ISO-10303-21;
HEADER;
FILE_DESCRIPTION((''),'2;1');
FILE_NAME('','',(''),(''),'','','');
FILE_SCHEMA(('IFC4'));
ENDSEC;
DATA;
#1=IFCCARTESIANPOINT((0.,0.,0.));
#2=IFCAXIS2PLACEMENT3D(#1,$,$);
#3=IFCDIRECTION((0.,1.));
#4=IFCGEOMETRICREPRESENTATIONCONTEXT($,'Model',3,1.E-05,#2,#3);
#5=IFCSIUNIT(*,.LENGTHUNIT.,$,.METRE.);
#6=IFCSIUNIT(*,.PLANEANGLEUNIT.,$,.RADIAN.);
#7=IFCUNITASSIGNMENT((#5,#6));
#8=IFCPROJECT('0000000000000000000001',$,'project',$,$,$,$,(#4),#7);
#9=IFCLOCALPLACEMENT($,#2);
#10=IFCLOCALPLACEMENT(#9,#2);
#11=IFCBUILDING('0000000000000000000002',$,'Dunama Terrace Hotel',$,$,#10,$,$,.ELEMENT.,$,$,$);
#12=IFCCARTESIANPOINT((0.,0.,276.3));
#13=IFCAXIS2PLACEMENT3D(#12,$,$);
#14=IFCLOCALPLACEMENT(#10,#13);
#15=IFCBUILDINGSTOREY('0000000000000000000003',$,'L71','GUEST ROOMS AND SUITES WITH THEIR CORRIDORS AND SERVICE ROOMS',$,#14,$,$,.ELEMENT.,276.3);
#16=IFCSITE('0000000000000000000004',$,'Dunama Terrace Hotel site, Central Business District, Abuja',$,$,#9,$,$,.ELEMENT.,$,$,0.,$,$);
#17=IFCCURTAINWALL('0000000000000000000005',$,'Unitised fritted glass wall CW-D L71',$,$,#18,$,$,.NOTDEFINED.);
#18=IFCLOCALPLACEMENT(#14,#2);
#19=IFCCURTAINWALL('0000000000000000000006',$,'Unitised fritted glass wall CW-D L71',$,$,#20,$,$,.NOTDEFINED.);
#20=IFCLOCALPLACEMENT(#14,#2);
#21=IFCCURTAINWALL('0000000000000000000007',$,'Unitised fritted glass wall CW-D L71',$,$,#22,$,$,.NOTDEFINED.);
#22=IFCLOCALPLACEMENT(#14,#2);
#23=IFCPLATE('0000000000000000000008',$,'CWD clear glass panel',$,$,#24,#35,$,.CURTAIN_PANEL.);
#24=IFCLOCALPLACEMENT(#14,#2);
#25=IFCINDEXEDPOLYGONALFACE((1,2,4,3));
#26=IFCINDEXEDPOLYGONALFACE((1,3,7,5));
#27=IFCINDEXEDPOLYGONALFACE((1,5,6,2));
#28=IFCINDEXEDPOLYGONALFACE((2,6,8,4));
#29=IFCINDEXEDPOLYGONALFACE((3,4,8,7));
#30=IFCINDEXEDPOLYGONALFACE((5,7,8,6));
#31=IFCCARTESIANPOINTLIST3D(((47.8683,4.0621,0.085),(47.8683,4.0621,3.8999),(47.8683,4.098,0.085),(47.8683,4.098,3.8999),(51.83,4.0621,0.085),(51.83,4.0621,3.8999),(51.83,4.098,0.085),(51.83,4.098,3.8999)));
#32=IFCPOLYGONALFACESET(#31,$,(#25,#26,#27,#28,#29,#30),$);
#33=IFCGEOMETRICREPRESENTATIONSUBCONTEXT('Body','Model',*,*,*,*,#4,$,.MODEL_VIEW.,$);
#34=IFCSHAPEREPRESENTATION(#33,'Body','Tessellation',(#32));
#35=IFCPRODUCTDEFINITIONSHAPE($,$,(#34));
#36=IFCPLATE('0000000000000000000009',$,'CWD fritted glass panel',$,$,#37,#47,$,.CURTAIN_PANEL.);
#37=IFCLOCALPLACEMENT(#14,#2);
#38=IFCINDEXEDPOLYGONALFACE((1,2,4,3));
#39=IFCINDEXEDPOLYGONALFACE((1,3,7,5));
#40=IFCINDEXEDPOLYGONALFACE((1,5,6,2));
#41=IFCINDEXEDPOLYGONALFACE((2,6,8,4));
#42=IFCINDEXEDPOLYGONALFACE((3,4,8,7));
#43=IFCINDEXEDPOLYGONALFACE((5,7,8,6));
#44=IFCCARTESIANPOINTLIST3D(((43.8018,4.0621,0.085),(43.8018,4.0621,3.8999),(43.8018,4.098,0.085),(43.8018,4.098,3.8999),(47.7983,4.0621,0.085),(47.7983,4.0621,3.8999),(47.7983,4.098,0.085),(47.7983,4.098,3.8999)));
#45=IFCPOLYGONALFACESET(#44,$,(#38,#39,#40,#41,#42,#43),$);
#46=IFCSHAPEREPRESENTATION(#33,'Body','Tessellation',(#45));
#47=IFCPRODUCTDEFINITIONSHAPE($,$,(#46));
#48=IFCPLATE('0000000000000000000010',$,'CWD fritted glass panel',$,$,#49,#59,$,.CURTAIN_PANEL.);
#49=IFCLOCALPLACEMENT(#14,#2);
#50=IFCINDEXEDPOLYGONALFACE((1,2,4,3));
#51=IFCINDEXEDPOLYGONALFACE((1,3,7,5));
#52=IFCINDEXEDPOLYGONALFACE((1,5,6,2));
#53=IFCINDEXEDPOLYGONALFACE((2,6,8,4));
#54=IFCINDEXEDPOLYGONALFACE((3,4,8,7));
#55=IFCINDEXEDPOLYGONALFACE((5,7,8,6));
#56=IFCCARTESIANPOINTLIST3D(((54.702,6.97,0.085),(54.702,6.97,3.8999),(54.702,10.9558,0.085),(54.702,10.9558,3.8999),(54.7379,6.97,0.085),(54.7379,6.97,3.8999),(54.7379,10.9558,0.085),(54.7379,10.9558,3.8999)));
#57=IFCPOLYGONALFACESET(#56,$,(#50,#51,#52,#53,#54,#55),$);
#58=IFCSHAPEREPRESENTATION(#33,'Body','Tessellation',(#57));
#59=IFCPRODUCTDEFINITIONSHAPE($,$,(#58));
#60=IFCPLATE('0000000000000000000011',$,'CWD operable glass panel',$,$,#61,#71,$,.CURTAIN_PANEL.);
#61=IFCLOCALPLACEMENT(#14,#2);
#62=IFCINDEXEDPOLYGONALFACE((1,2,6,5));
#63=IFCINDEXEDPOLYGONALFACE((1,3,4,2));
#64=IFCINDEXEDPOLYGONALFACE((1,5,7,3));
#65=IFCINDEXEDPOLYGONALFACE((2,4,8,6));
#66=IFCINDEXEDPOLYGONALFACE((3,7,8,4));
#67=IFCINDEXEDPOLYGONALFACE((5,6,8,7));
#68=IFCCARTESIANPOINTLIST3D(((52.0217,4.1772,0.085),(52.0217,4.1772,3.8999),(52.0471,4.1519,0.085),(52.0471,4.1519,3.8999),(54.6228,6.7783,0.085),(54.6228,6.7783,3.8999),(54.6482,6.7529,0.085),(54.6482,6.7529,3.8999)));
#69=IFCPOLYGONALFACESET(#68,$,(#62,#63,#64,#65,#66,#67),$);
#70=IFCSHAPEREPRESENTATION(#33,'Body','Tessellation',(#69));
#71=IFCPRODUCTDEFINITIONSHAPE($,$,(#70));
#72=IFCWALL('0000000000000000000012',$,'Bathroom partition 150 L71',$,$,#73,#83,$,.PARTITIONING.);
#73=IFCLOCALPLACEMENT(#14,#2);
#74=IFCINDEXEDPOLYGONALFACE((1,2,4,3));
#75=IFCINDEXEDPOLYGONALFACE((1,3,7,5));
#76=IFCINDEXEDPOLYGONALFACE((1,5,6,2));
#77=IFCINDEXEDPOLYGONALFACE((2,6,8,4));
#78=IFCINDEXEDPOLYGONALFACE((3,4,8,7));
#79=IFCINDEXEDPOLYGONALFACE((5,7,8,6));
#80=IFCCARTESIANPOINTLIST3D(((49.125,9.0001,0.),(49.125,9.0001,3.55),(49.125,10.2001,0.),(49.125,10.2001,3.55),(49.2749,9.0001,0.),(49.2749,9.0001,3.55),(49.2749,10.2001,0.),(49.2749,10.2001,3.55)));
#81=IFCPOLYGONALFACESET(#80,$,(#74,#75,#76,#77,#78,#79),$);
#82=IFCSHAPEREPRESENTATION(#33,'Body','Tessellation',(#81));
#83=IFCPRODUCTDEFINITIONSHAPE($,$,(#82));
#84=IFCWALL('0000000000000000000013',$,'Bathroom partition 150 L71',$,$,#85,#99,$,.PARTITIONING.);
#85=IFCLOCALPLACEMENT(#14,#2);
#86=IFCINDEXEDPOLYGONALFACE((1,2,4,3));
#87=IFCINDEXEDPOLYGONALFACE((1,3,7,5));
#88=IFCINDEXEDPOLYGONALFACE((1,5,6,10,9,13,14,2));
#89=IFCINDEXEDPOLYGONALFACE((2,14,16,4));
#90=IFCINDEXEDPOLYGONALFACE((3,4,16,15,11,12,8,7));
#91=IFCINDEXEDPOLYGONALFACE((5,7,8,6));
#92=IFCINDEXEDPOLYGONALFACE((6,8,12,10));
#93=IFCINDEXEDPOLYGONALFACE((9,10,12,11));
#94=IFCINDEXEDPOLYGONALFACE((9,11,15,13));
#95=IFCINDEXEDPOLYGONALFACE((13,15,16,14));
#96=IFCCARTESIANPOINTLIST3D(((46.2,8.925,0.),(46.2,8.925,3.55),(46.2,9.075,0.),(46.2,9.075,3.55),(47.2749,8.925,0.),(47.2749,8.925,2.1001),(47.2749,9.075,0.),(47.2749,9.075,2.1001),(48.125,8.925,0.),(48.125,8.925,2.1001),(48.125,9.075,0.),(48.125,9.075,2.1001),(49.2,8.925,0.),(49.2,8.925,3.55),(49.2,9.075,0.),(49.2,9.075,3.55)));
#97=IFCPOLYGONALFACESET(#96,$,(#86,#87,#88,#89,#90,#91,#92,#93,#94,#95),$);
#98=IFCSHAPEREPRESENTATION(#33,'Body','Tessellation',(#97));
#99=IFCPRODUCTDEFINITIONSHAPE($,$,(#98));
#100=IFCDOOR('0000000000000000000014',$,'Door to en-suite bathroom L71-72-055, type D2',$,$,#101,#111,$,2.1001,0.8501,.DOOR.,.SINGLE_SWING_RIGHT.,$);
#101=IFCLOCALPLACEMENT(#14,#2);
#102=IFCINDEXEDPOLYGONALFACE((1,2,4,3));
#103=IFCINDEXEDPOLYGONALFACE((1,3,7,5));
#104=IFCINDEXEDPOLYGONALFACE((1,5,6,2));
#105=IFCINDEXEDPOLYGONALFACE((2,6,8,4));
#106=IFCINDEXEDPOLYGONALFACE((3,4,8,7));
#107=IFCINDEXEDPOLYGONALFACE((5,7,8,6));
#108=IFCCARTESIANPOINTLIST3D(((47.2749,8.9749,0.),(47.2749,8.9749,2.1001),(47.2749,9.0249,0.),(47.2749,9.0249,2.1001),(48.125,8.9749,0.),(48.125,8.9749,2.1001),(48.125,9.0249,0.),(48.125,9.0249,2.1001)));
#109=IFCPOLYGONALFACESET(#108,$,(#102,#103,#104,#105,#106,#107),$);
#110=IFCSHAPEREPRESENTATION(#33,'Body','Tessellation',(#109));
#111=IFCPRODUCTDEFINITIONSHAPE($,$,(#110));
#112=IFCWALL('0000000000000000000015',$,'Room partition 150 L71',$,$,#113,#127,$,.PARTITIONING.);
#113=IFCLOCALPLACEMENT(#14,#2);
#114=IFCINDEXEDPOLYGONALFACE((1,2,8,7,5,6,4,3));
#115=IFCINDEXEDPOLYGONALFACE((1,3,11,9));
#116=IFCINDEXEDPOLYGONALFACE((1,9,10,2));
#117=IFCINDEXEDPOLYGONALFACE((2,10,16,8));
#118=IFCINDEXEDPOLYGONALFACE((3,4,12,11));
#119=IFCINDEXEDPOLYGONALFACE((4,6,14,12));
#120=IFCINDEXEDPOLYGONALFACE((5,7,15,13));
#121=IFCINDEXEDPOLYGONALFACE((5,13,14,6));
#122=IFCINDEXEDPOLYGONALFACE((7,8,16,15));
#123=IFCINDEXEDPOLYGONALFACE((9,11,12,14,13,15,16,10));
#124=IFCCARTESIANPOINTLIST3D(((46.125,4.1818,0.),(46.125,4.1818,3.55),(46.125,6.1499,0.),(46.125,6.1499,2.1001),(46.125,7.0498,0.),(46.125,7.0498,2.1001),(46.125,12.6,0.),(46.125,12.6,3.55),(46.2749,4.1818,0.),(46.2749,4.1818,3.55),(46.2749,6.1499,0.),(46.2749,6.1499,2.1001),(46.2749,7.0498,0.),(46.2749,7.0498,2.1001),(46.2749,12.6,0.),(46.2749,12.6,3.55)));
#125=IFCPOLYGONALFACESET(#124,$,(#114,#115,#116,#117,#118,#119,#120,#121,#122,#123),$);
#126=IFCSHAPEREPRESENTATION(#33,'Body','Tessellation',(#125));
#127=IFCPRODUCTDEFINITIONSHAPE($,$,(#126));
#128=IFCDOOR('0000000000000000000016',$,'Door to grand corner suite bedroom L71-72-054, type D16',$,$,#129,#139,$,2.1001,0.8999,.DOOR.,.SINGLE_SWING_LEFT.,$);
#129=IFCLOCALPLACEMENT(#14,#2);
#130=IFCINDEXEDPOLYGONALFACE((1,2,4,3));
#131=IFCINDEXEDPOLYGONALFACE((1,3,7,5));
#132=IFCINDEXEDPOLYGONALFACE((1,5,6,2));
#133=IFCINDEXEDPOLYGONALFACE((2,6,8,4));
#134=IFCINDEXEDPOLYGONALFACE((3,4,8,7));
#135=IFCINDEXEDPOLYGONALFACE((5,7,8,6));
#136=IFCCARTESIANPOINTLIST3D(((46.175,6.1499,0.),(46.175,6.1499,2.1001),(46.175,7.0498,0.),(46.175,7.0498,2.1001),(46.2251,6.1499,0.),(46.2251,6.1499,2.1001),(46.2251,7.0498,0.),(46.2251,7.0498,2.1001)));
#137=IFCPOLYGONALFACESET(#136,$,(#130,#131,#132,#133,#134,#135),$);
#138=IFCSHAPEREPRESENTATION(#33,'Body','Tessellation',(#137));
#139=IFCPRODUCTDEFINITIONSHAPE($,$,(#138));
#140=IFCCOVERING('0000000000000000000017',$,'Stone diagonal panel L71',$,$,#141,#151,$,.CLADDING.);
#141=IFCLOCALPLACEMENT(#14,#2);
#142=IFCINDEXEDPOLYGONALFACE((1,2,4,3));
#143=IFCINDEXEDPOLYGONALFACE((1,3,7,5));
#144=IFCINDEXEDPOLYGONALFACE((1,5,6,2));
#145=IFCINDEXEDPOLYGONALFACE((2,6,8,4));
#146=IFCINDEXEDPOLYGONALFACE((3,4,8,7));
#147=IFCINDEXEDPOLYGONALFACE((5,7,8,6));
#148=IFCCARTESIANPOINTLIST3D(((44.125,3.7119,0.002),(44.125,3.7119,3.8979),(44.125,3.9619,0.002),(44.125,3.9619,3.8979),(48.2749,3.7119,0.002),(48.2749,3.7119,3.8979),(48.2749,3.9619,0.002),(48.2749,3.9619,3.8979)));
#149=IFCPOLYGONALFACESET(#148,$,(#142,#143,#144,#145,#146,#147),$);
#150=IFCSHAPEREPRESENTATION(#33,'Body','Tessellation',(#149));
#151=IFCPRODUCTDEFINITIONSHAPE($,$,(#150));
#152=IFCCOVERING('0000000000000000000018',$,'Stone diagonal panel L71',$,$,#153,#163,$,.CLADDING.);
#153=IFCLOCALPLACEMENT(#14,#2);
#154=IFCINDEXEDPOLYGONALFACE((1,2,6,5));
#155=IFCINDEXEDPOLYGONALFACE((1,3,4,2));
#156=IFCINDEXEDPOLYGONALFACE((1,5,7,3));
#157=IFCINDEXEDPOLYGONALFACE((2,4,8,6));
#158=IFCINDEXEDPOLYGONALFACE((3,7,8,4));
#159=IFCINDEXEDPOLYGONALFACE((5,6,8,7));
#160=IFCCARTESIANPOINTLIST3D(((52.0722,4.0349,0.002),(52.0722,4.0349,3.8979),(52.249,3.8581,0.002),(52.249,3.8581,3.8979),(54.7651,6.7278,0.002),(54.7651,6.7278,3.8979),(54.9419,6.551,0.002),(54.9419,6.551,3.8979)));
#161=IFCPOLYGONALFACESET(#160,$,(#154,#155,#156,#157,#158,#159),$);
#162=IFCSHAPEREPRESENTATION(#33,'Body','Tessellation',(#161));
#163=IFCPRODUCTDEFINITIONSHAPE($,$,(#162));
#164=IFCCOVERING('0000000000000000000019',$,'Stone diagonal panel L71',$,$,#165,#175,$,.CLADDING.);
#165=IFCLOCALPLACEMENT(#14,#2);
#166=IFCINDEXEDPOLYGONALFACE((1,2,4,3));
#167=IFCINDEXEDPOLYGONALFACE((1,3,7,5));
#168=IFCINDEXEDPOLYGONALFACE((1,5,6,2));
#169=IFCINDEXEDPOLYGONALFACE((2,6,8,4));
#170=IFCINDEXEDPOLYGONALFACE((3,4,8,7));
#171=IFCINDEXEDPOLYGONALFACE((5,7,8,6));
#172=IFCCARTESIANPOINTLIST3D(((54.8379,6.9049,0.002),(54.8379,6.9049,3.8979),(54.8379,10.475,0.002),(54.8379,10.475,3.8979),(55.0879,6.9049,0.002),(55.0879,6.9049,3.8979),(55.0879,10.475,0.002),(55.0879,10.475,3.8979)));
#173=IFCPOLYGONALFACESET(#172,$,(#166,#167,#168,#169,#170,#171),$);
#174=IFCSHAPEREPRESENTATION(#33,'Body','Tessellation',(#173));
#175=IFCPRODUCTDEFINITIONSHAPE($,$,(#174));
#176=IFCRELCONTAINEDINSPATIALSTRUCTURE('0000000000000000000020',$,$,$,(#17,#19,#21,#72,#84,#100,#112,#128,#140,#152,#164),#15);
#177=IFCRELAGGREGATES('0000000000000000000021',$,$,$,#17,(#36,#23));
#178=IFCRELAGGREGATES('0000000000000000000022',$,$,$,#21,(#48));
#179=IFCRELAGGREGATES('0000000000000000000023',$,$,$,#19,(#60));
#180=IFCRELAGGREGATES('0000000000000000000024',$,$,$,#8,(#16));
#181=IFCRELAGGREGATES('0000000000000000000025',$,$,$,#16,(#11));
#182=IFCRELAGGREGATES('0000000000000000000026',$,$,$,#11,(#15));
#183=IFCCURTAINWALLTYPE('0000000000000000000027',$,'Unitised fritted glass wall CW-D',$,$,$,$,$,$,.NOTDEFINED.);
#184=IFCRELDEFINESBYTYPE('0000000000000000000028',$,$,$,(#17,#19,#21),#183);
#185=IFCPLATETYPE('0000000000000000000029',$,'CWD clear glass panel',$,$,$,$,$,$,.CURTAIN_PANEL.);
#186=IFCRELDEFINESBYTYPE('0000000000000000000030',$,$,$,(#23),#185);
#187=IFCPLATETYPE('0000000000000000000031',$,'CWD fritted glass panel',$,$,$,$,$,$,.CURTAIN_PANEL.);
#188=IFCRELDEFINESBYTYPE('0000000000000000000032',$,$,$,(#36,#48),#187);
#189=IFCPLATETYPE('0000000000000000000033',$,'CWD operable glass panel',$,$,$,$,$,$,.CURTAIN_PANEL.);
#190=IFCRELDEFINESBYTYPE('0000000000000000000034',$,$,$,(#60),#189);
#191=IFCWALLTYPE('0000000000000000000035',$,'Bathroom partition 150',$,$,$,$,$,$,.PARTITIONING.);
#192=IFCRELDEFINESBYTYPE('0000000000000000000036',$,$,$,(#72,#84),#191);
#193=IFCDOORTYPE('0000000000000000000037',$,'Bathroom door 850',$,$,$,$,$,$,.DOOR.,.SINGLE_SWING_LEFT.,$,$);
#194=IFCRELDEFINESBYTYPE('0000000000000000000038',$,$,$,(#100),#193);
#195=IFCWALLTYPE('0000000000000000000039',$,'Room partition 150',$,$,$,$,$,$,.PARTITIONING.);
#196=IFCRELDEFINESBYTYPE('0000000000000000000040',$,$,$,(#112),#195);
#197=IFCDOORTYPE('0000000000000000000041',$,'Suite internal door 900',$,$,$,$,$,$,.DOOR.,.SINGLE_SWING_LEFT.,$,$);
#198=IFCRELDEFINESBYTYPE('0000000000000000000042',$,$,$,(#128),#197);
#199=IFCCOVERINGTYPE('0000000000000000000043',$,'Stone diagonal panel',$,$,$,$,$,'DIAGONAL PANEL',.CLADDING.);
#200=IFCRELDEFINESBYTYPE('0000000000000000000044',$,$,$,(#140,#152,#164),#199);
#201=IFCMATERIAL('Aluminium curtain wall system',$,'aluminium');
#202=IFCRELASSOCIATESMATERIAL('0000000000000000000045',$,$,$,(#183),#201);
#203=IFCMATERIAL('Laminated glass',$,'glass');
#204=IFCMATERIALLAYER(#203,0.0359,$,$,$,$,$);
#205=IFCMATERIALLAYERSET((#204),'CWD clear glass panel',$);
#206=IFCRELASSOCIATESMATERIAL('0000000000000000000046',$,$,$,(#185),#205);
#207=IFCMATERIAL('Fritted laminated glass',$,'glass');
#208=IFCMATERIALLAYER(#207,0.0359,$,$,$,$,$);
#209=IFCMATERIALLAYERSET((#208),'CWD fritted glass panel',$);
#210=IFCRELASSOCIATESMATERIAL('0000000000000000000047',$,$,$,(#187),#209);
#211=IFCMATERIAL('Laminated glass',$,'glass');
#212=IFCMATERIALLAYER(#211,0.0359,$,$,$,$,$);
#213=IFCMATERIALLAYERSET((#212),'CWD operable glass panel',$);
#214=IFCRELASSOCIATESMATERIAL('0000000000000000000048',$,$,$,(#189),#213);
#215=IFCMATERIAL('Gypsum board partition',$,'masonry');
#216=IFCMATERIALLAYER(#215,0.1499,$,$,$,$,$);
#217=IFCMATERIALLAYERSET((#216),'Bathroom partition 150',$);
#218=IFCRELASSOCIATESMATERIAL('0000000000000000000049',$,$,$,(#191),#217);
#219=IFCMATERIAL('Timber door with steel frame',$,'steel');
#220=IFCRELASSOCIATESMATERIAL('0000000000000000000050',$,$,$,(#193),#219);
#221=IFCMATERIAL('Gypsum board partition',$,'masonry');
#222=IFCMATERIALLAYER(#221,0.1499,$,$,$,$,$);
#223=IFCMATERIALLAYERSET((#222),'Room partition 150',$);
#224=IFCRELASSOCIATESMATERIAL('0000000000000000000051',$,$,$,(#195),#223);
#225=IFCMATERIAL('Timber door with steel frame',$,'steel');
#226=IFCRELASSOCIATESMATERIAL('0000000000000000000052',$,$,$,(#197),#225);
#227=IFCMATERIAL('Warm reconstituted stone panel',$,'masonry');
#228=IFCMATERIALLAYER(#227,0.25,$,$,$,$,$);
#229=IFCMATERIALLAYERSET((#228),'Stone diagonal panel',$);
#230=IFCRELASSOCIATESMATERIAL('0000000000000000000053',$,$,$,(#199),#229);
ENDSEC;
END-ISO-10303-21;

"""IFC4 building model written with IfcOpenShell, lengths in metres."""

from ifc_helpers import new_model, si_unit, direction, frame, frame_2d, origin, origin_2d, place, context, subcontext, project, spatial, rectangle, extrude, material, layer, layer_set, type_object, element, fill, aggregate, save


model = new_model("IFC4")

# Units and contexts
model_context = context("Model", 3, precision=1e-05, world=origin(), true_north=direction((0.0, 1.0)))
body_context = subcontext(model_context, "Body", "Model", "MODEL_VIEW")
ifc_project = project(units=[si_unit("LENGTHUNIT", "METRE"), si_unit("PLANEANGLEUNIT", "RADIAN")], contexts=[model_context])

# Site, building, storey
site_placement = place(None, origin())
site = spatial("IfcSite", under=ifc_project, at=site_placement, Name="Dunama Terrace Hotel site, Central Business District, Abuja", CompositionType="ELEMENT", RefElevation=0.0)
building_placement = place(site_placement, origin())
building = spatial("IfcBuilding", under=site, at=building_placement, Name="Dunama Terrace Hotel", CompositionType="ELEMENT")
storey_placement = place(building_placement, frame((0.0, 0.0, 276.3)))
storey = spatial("IfcBuildingStorey", under=building, at=storey_placement, Name="L71", Description="GUEST ROOMS AND SUITES WITH THEIR CORRIDORS AND SERVICE ROOMS", CompositionType="ELEMENT", Elevation=276.3)

# Curtain walls
ifc_material_1 = material(Name="Aluminium curtain wall system", Category="aluminium")
curtain_wall_type = type_object("IfcCurtainWallType", Name="Unitised fritted glass wall CW-D", PredefinedType="NOTDEFINED", material=ifc_material_1)
curtain_wall_1_placement = place(storey_placement, origin())
curtain_wall_1 = element("IfcCurtainWall", 1, at=curtain_wall_1_placement, inside=storey, type_object=curtain_wall_type, Name="Unitised fritted glass wall CW-D L71", PredefinedType="NOTDEFINED")
curtain_wall_2_placement = place(storey_placement, origin())
curtain_wall_2 = element("IfcCurtainWall", 2, at=curtain_wall_2_placement, inside=storey, type_object=curtain_wall_type, Name="Unitised fritted glass wall CW-D L71", PredefinedType="NOTDEFINED")

# Curtain wall
curtain_wall_3_placement = place(storey_placement, origin())
curtain_wall_3 = element("IfcCurtainWall", 3, at=curtain_wall_3_placement, inside=storey, type_object=curtain_wall_type, Name="Unitised fritted glass wall CW-D L71", PredefinedType="NOTDEFINED")

# Plates
ifc_material_2 = material(Name="Laminated glass", Category="glass")
ifc_layer_1 = layer(ifc_material_2, 0.0359)
ifc_layer_set_1 = layer_set([ifc_layer_1], Name="CWD clear glass panel")
plate_type_1 = type_object("IfcPlateType", Name="CWD clear glass panel", PredefinedType="CURTAIN_PANEL", material=ifc_layer_set_1)
plate_1_placement = place(storey_placement, frame((49.8491, 4.0801, 0.085), z_axis=(0.0, 0.0, 1.0), x_axis=(1.0, 0.0, 0.0)))
plate_1 = element("IfcPlate", 4, at=plate_1_placement, type_object=plate_type_1, Name="CWD clear glass panel", PredefinedType="CURTAIN_PANEL", context=body_context, shape_type="SweptSolid", body=[
    extrude(rectangle(XDim=3.9617, YDim=0.0359, at=origin_2d()), origin(), (0.0, 0.0, 1.0), 3.8149),
])
ifc_material_3 = material(Name="Fritted laminated glass", Category="glass")
ifc_layer_2 = layer(ifc_material_3, 0.0359)
ifc_layer_set_2 = layer_set([ifc_layer_2], Name="CWD fritted glass panel")
plate_type_2 = type_object("IfcPlateType", Name="CWD fritted glass panel", PredefinedType="CURTAIN_PANEL", material=ifc_layer_set_2)
plate_2_placement = place(storey_placement, frame((45.8, 4.0801, 0.085), z_axis=(0.0, 0.0, 1.0), x_axis=(1.0, 0.0, 0.0)))
plate_2 = element("IfcPlate", 5, at=plate_2_placement, type_object=plate_type_2, Name="CWD fritted glass panel", PredefinedType="CURTAIN_PANEL", context=body_context, shape_type="SweptSolid", body=[
    extrude(rectangle(XDim=3.9966, YDim=0.0359, at=origin_2d()), origin(), (0.0, 0.0, 1.0), 3.8149),
])
aggregate(curtain_wall_1, [plate_2, plate_1])
plate_3_placement = place(storey_placement, frame((54.72, 8.9629, 0.085), z_axis=(0.0, 0.0, 1.0), x_axis=(0.0, 1.0, 0.0)))
plate_3 = element("IfcPlate", 6, at=plate_3_placement, type_object=plate_type_2, Name="CWD fritted glass panel", PredefinedType="CURTAIN_PANEL", context=body_context, shape_type="SweptSolid", body=[
    extrude(rectangle(XDim=3.9858, YDim=0.0359, at=origin_2d()), origin(), (0.0, 0.0, 1.0), 3.8149),
])
aggregate(curtain_wall_3, [plate_3])
ifc_material_4 = material(Name="Laminated glass", Category="glass")
ifc_layer_3 = layer(ifc_material_4, 0.0359)
ifc_layer_set_3 = layer_set([ifc_layer_3], Name="CWD operable glass panel")
plate_type_3 = type_object("IfcPlateType", Name="CWD operable glass panel", PredefinedType="CURTAIN_PANEL", material=ifc_layer_set_3)
plate_4_placement = place(storey_placement, frame((53.335, 5.4651, 0.085), z_axis=(0.0, 0.0, 1.0), x_axis=(0.707107, 0.707107, 0.0)))
plate_4 = element("IfcPlate", 7, at=plate_4_placement, type_object=plate_type_3, Name="CWD operable glass panel", PredefinedType="CURTAIN_PANEL", context=body_context, shape_type="SweptSolid", body=[
    extrude(rectangle(XDim=3.6785, YDim=0.0359, at=origin_2d()), origin(), (0.0, 0.0, 1.0), 3.8149),
])
aggregate(curtain_wall_2, [plate_4])

# Wall
ifc_material_5 = material(Name="Gypsum board partition", Category="masonry")
ifc_layer_4 = layer(ifc_material_5, 0.1499)
ifc_layer_set_4 = layer_set([ifc_layer_4], Name="Bathroom partition 150")
wall_type_1 = type_object("IfcWallType", Name="Bathroom partition 150", PredefinedType="PARTITIONING", material=ifc_layer_set_4)
wall_1_placement = place(storey_placement, frame((49.2, 9.0, 0.0), z_axis=(0.0, 0.0, 1.0), x_axis=(0.0, 1.0, 0.0)))
element("IfcWall", 8, at=wall_1_placement, inside=storey, type_object=wall_type_1, Name="Bathroom partition 150 L71", PredefinedType="PARTITIONING", context=body_context, shape_type="SweptSolid", body=[
    extrude(rectangle(XDim=1.2, YDim=0.1499, at=frame_2d((0.6001, 0.0))), origin(), (0.0, 0.0, 1.0), 3.55),
])

# Walls, openings, doors
wall_2_placement = place(storey_placement, frame((46.2, 9.0, 0.0), z_axis=(0.0, 0.0, 1.0), x_axis=(1.0, 0.0, 0.0)))
wall_2 = element("IfcWall", 9, at=wall_2_placement, inside=storey, type_object=wall_type_1, Name="Bathroom partition 150 L71", PredefinedType="PARTITIONING", context=body_context, shape_type="SweptSolid", body=[
    extrude(rectangle(XDim=3.0, YDim=0.1499, at=frame_2d((1.5, 0.0))), origin(), (0.0, 0.0, 1.0), 3.55),
])
opening_1_placement = place(wall_2_placement, frame((1.075, 0.0, 0.0)))
opening_1 = element("IfcOpeningElement", 10, at=opening_1_placement, cuts=wall_2, PredefinedType="OPENING", context=body_context, shape_type="SweptSolid", body=[
    extrude(rectangle(XDim=0.8501, YDim=2.1001, at=frame_2d((0.425, 1.05))), frame((0.0, 0.085, 0.0), z_axis=(0.0, -1.0, 0.0), x_axis=(1.0, 0.0, 0.0)), (0.0, 0.0, 1.0), 0.1699),
])
ifc_material_6 = material(Name="Timber door with steel frame", Category="steel")
door_type_1 = type_object("IfcDoorType", Name="Bathroom door 850", OperationType="SINGLE_SWING_LEFT", PredefinedType="DOOR", material=ifc_material_6)
door_1_placement = place(opening_1_placement, origin())
door_1 = element("IfcDoor", 11, at=door_1_placement, inside=storey, type_object=door_type_1, Name="Door to en-suite bathroom L71-72-055, type D2", OperationType="SINGLE_SWING_RIGHT", OverallHeight=2.1001, OverallWidth=0.8501, PredefinedType="DOOR", context=body_context, shape_type="SweptSolid", body=[
    extrude(rectangle(XDim=0.8501, YDim=2.1001, at=frame_2d((0.425, 1.05))), frame((0.0, 0.0249, 0.0), z_axis=(0.0, -1.0, 0.0), x_axis=(1.0, 0.0, 0.0)), (0.0, 0.0, 1.0), 0.05),
])
fill(opening_1, door_1)
ifc_material_7 = material(Name="Gypsum board partition", Category="masonry")
ifc_layer_5 = layer(ifc_material_7, 0.1499)
ifc_layer_set_5 = layer_set([ifc_layer_5], Name="Room partition 150")
wall_type_2 = type_object("IfcWallType", Name="Room partition 150", PredefinedType="PARTITIONING", material=ifc_layer_set_5)
wall_3_placement = place(storey_placement, frame((46.2, 4.1819, 0.0), z_axis=(0.0, 0.0, 1.0), x_axis=(0.0, 1.0, 0.0)))
wall_3 = element("IfcWall", 12, at=wall_3_placement, inside=storey, type_object=wall_type_2, Name="Room partition 150 L71", PredefinedType="PARTITIONING", context=body_context, shape_type="SweptSolid", body=[
    extrude(rectangle(XDim=8.4182, YDim=0.1499, at=frame_2d((4.209, 0.0))), origin(), (0.0, 0.0, 1.0), 3.55),
])
opening_2_placement = place(wall_3_placement, frame((1.968, 0.0, 0.0)))
opening_2 = element("IfcOpeningElement", 13, at=opening_2_placement, cuts=wall_3, PredefinedType="OPENING", context=body_context, shape_type="SweptSolid", body=[
    extrude(rectangle(XDim=0.8999, YDim=2.1001, at=frame_2d((0.45, 1.05))), frame((0.0, 0.085, 0.0), z_axis=(0.0, -1.0, 0.0), x_axis=(1.0, 0.0, 0.0)), (0.0, 0.0, 1.0), 0.1699),
])
ifc_material_8 = material(Name="Timber door with steel frame", Category="steel")
door_type_2 = type_object("IfcDoorType", Name="Suite internal door 900", OperationType="SINGLE_SWING_LEFT", PredefinedType="DOOR", material=ifc_material_8)
door_2_placement = place(opening_2_placement, frame((0.8999, 0.0, 0.0), z_axis=(0.0, 0.0, 1.0), x_axis=(-1.0, 0.0, 0.0)))
door_2 = element("IfcDoor", 14, at=door_2_placement, inside=storey, type_object=door_type_2, Name="Door to grand corner suite bedroom L71-72-054, type D16", OperationType="SINGLE_SWING_LEFT", OverallHeight=2.1001, OverallWidth=0.8999, PredefinedType="DOOR", context=body_context, shape_type="SweptSolid", body=[
    extrude(rectangle(XDim=0.8999, YDim=2.1001, at=frame_2d((0.45, 1.05))), frame((0.0, 0.0251, 0.0), z_axis=(0.0, -1.0, 0.0), x_axis=(1.0, 0.0, 0.0)), (0.0, 0.0, 1.0), 0.05),
])
fill(opening_2, door_2)

# Coverings
ifc_material_9 = material(Name="Warm reconstituted stone panel", Category="masonry")
ifc_layer_6 = layer(ifc_material_9, 0.25)
ifc_layer_set_6 = layer_set([ifc_layer_6], Name="Stone diagonal panel")
covering_type = type_object("IfcCoveringType", Name="Stone diagonal panel", ElementType="DIAGONAL PANEL", PredefinedType="CLADDING", material=ifc_layer_set_6)
covering_1_placement = place(storey_placement, frame((46.2, 3.8369, 0.002), z_axis=(0.0, 0.0, 1.0), x_axis=(1.0, 0.0, 0.0)))
element("IfcCovering", 15, at=covering_1_placement, inside=storey, type_object=covering_type, Name="Stone diagonal panel L71", PredefinedType="CLADDING", context=body_context, shape_type="SweptSolid", body=[
    extrude(rectangle(XDim=4.1499, YDim=0.25, at=origin_2d()), origin(), (0.0, 0.0, 1.0), 3.896),
])
covering_2_placement = place(storey_placement, frame((53.5071, 5.293, 0.002), z_axis=(0.0, 0.0, 1.0), x_axis=(0.707107, 0.707107, 0.0)))
element("IfcCovering", 16, at=covering_2_placement, inside=storey, type_object=covering_type, Name="Stone diagonal panel L71", PredefinedType="CLADDING", context=body_context, shape_type="SweptSolid", body=[
    extrude(rectangle(XDim=3.8083, YDim=0.25, at=origin_2d()), origin(), (0.0, 0.0, 1.0), 3.896),
])
covering_3_placement = place(storey_placement, frame((54.9629, 8.6899, 0.002), z_axis=(0.0, 0.0, 1.0), x_axis=(0.0, 1.0, 0.0)))
element("IfcCovering", 17, at=covering_3_placement, inside=storey, type_object=covering_type, Name="Stone diagonal panel L71", PredefinedType="CLADDING", context=body_context, shape_type="SweptSolid", body=[
    extrude(rectangle(XDim=3.5701, YDim=0.25, at=origin_2d()), origin(), (0.0, 0.0, 1.0), 3.896),
])

save(model, "model.ifc")
